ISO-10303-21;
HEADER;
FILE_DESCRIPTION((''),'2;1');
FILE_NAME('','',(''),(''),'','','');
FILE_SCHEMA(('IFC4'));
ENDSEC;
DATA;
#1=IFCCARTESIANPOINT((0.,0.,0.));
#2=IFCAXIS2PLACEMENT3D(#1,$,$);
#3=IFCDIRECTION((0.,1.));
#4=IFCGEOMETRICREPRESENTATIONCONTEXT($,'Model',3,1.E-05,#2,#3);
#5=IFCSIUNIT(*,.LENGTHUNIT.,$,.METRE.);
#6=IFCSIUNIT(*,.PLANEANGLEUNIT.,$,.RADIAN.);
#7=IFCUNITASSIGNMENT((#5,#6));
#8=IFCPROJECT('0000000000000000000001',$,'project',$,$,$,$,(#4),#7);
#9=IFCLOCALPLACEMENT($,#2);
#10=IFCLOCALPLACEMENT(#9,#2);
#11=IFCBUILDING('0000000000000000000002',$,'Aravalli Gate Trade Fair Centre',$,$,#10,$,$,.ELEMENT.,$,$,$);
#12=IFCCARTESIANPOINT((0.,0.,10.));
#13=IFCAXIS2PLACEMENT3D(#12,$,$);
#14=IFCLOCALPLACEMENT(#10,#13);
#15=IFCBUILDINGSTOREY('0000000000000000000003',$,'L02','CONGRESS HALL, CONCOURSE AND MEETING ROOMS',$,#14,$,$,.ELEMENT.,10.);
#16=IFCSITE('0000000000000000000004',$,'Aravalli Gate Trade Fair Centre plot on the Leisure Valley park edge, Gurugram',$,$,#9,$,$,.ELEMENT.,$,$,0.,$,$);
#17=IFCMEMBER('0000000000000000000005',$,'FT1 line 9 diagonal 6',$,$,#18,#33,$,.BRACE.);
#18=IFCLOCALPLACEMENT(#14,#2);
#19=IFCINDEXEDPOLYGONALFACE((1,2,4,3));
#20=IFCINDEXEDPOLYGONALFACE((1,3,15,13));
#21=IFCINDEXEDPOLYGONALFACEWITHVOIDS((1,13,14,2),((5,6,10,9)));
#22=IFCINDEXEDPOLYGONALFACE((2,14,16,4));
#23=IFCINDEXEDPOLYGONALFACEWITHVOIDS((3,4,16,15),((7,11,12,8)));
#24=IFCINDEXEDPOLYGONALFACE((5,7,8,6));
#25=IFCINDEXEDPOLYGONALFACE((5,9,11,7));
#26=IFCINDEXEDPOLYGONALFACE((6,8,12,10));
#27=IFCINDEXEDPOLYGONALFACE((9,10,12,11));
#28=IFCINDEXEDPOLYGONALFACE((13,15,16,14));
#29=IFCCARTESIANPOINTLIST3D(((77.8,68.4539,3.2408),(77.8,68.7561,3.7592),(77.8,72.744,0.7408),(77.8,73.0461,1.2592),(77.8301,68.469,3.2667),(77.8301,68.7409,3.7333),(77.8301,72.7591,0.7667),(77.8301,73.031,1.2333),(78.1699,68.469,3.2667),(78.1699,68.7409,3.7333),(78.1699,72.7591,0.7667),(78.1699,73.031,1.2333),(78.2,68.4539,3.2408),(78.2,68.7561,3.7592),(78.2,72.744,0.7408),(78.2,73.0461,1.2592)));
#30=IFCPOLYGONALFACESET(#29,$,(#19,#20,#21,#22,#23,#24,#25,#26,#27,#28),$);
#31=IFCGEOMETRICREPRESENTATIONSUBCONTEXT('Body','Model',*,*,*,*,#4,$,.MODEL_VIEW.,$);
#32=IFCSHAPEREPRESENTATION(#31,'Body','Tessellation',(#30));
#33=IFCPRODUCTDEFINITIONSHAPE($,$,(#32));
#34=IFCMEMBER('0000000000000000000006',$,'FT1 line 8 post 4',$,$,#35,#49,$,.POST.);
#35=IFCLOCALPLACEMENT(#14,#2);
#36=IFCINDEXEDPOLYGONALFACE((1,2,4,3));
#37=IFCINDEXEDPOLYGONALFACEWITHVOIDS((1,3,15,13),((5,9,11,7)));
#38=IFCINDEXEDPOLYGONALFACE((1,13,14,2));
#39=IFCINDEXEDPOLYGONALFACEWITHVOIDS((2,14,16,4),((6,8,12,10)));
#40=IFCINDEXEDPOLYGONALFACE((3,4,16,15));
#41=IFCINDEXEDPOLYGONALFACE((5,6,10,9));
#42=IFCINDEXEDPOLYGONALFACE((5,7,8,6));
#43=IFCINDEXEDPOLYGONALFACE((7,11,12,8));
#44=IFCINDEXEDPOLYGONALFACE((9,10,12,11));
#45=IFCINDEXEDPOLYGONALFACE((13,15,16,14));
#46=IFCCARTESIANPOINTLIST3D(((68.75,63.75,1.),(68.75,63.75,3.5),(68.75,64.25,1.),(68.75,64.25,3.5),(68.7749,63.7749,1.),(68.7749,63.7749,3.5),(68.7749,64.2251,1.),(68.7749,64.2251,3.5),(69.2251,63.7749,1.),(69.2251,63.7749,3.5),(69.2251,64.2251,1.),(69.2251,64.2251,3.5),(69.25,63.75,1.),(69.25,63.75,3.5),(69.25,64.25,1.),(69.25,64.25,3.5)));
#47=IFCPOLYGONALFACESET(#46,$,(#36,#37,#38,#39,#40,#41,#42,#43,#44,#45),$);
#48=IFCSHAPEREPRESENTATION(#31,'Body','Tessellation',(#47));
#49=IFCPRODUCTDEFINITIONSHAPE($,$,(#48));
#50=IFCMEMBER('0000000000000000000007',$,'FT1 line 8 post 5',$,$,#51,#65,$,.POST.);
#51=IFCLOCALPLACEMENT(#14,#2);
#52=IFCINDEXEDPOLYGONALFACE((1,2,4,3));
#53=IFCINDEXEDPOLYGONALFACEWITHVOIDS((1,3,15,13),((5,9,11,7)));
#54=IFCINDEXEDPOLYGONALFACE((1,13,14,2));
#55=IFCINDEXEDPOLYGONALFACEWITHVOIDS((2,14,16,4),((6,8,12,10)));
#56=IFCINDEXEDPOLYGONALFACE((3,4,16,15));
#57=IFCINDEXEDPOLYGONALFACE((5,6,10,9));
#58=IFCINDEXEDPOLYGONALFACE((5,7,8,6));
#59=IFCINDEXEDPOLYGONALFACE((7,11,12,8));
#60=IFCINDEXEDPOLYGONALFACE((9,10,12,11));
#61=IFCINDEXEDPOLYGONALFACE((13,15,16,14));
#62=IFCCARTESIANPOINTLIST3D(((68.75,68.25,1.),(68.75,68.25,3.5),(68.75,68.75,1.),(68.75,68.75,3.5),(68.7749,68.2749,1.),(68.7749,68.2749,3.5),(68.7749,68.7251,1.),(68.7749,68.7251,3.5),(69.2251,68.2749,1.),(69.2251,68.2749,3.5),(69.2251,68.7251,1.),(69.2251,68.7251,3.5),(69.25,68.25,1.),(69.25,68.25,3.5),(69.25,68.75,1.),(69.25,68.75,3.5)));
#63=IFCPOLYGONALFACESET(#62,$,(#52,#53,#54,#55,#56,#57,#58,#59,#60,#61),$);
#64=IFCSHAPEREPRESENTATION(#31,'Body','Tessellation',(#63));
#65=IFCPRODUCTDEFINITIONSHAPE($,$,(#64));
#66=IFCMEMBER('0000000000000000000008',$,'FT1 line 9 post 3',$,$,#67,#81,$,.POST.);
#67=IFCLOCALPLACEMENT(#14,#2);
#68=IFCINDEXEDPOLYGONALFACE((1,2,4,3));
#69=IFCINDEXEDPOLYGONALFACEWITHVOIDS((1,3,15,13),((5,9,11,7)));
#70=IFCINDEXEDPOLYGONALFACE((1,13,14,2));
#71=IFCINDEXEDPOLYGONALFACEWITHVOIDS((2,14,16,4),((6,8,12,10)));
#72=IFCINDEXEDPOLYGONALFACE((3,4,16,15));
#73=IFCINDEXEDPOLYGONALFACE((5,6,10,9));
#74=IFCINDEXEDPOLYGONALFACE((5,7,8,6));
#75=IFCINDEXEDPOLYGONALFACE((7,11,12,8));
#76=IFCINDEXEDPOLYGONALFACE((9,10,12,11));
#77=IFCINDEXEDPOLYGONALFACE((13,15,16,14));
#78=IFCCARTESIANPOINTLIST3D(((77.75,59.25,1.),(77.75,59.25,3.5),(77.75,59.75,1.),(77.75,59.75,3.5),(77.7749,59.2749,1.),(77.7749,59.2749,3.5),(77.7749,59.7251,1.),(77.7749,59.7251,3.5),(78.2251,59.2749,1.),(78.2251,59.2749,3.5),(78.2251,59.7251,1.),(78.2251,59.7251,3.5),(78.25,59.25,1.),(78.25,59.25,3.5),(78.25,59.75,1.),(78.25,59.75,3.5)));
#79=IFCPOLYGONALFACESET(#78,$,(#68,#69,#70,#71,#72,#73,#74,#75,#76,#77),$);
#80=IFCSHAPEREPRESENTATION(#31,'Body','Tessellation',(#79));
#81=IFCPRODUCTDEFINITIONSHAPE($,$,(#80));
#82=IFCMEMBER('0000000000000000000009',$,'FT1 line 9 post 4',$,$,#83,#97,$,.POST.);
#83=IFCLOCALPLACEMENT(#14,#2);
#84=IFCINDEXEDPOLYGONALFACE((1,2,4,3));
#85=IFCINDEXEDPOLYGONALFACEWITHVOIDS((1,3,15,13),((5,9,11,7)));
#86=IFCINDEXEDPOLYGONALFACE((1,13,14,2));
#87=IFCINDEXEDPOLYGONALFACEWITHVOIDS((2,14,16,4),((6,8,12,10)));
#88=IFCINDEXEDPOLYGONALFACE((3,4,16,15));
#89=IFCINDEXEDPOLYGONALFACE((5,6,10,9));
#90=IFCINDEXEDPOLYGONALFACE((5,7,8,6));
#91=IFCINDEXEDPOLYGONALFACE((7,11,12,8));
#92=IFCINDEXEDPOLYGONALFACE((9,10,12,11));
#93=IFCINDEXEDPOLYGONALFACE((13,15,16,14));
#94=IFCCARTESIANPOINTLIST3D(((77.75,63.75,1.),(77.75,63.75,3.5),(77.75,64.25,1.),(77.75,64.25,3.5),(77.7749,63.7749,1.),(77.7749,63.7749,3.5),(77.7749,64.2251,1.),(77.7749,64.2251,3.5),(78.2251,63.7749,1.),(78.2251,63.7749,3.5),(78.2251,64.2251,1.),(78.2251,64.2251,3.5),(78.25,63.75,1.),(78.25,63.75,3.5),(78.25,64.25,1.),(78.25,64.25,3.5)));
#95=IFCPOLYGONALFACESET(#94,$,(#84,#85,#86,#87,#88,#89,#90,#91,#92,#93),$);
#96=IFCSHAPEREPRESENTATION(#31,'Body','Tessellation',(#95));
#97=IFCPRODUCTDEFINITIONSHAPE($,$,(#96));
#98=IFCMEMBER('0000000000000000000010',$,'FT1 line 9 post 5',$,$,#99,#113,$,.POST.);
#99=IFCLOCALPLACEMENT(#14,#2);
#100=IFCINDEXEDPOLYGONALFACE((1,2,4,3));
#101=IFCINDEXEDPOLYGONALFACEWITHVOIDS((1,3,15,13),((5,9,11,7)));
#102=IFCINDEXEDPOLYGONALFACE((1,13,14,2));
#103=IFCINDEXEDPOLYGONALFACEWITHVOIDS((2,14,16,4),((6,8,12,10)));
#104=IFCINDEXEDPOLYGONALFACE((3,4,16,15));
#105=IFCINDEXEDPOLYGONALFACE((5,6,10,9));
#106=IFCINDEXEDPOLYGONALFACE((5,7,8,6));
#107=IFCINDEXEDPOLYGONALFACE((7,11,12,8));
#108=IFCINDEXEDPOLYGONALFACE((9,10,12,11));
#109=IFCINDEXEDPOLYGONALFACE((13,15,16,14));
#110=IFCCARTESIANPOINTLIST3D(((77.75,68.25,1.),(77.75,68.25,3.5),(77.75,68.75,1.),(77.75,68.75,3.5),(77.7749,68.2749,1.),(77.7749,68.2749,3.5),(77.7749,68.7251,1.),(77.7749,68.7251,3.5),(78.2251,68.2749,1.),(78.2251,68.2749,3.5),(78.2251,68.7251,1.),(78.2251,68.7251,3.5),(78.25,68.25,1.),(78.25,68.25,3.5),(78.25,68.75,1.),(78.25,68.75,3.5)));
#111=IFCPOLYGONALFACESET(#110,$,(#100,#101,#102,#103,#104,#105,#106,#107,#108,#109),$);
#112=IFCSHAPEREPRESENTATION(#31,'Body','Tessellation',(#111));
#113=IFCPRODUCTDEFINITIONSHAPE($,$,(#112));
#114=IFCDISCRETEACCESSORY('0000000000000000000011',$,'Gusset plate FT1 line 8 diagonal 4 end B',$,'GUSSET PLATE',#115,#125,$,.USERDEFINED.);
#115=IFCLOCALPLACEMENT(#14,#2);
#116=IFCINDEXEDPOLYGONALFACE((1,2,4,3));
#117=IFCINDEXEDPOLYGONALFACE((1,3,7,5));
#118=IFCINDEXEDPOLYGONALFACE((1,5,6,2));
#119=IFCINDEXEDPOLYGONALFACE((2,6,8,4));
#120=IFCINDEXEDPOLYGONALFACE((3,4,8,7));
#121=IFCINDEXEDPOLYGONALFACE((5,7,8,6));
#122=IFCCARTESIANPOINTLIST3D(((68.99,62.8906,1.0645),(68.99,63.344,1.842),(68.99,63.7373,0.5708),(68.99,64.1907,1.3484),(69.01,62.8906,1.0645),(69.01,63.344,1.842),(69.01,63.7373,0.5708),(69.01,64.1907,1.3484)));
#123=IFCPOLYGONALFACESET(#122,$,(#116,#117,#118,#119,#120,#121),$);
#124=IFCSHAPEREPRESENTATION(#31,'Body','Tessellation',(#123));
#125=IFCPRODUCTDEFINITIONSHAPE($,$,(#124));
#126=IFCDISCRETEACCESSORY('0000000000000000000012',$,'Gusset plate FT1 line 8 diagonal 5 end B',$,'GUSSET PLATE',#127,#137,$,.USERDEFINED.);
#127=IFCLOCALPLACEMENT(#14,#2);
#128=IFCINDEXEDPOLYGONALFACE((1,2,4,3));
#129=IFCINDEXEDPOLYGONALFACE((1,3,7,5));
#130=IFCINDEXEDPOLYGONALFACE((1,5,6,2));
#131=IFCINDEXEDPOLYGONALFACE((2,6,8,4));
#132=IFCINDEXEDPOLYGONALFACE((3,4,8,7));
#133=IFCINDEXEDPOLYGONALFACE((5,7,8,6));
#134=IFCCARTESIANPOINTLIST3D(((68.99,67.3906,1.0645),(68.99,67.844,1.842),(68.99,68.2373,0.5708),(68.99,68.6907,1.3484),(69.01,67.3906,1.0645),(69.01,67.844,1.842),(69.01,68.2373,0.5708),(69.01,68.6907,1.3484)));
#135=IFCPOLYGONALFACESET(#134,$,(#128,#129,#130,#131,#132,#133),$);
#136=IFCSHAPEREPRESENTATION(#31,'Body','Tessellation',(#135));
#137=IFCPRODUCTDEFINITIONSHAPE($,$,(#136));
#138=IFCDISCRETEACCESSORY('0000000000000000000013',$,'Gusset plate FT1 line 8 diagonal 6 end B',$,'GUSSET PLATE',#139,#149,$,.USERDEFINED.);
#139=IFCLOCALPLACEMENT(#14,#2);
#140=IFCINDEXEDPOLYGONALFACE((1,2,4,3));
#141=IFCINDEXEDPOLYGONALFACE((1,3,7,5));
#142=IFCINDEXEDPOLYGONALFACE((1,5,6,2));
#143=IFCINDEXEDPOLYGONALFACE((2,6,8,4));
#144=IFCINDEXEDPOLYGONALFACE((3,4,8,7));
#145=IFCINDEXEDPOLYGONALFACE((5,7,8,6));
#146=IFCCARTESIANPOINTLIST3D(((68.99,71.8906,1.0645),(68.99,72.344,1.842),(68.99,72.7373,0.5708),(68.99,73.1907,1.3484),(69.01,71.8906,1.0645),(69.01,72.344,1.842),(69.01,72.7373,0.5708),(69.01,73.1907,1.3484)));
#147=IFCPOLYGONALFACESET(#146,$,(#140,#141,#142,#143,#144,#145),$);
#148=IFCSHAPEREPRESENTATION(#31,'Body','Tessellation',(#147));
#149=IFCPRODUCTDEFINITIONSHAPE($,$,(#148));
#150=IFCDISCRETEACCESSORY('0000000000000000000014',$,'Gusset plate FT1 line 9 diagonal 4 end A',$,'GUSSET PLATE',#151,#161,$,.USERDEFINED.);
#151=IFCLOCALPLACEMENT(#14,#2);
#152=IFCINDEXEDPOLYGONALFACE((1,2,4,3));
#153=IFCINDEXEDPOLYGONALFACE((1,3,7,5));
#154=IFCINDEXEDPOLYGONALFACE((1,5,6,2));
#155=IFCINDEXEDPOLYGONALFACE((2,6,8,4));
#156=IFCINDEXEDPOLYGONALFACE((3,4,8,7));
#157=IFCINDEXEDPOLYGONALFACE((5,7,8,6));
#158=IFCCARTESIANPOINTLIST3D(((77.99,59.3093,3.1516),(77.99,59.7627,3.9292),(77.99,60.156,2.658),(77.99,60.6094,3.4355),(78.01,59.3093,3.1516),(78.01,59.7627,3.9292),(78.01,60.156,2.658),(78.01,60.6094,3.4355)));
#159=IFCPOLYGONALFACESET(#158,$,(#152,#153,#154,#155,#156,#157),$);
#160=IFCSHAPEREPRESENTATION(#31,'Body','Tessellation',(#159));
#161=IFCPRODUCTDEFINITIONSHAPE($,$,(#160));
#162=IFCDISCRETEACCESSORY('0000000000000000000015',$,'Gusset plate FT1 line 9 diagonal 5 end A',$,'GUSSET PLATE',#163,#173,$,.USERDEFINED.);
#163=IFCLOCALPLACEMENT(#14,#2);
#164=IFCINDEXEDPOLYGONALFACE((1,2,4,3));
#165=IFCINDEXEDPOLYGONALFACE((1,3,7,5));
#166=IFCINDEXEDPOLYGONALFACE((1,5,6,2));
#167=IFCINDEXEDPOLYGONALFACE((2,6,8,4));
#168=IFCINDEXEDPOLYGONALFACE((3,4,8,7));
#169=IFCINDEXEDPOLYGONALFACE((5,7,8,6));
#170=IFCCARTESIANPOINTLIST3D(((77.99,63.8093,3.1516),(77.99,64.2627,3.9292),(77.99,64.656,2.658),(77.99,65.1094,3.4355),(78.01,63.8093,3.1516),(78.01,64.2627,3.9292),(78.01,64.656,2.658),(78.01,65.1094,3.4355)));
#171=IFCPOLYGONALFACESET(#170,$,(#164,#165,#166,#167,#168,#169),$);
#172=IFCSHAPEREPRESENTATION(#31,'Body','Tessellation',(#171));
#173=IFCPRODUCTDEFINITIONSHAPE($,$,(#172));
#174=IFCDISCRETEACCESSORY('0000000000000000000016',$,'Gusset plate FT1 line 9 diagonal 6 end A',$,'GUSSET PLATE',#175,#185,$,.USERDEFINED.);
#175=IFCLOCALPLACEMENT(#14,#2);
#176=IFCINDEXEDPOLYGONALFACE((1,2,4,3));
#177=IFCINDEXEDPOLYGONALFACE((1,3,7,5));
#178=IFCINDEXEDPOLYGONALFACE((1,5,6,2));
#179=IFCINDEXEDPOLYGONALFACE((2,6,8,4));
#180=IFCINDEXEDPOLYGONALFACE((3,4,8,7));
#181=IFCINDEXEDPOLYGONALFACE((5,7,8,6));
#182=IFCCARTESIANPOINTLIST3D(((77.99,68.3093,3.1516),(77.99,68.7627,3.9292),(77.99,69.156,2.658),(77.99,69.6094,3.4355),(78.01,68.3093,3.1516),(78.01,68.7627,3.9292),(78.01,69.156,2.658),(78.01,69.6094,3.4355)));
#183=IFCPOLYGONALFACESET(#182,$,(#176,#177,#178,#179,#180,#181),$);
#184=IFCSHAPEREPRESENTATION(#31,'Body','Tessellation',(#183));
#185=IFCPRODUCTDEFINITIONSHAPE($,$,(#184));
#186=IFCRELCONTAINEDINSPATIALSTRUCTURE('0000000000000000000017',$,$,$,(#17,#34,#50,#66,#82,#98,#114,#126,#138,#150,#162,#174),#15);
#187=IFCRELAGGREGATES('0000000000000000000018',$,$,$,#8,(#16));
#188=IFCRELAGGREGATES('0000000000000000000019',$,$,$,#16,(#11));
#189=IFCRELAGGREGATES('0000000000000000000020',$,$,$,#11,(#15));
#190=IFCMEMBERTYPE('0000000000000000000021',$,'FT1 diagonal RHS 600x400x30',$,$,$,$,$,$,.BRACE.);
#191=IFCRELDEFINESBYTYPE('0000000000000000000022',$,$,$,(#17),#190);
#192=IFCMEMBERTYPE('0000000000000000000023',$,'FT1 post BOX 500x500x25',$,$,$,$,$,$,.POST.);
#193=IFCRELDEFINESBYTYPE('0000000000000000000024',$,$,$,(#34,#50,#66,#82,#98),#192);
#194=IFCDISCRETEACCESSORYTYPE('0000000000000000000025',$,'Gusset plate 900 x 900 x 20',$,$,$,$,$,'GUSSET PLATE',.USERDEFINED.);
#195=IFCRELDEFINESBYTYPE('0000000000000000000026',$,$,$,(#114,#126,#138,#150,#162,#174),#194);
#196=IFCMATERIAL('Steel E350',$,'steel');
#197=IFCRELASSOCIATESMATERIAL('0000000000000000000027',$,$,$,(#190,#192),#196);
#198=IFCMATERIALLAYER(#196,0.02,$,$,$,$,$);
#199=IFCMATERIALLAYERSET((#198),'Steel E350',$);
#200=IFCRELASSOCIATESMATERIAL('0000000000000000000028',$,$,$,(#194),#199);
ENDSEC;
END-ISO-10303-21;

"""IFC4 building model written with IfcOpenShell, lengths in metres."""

from ifc_helpers import new_model, si_unit, direction, frame, origin, origin_2d, place, context, subcontext, project, spatial, polyline, hollow_rectangle, outline, extrude, material, layer, layer_set, material_profile, profile_set, type_object, element, save


model = new_model("IFC4")

# Units and contexts
model_context = context("Model", 3, precision=1e-05, world=origin(), true_north=direction((0.0, 1.0)))
body_context = subcontext(model_context, "Body", "Model", "MODEL_VIEW")
ifc_project = project(units=[si_unit("LENGTHUNIT", "METRE"), si_unit("PLANEANGLEUNIT", "RADIAN")], contexts=[model_context])

# Site, building, storey
site_placement = place(None, origin())
site = spatial("IfcSite", under=ifc_project, at=site_placement, Name="Aravalli Gate Trade Fair Centre plot on the Leisure Valley park edge, Gurugram", CompositionType="ELEMENT", RefElevation=0.0)
building_placement = place(site_placement, origin())
building = spatial("IfcBuilding", under=site, at=building_placement, Name="Aravalli Gate Trade Fair Centre", CompositionType="ELEMENT")
storey_placement = place(building_placement, frame((0.0, 0.0, 10.0)))
storey = spatial("IfcBuildingStorey", under=building, at=storey_placement, Name="L02", Description="CONGRESS HALL, CONCOURSE AND MEETING ROOMS", CompositionType="ELEMENT", Elevation=10.0)

# Members
ifc_material = material(Name="Steel E350", Category="steel")
ifc_material_profile_1 = material_profile(ifc_material, hollow_rectangle(XDim=0.3999, YDim=0.6001, WallThickness=0.03, at=origin_2d()), Name="RHS 600x400x30")
ifc_profile_set_1 = profile_set([ifc_material_profile_1], Name="Steel E350")
member_type_1 = type_object("IfcMemberType", Name="FT1 diagonal RHS 600x400x30", PredefinedType="BRACE", material=ifc_profile_set_1)
for number, where, z_axis, x_axis, name in (
    (1, (78.0, 68.605, 3.5), (0.0, 0.864, -0.503492), (-1.0, 0.0, 0.0), "FT1 line 9 diagonal 6"),
):
    element("IfcMember", number, at=place(storey_placement, frame(where, z_axis=z_axis, x_axis=x_axis)), inside=storey, type_object=member_type_1, Name=name, PredefinedType="BRACE", context=body_context, shape_type="SweptSolid", body=[
        extrude(hollow_rectangle(XDim=0.3999, YDim=0.6001, WallThickness=0.03, at=origin_2d()), origin(), (0.0, 0.0, 1.0), 4.9653),
    ])
ifc_material_profile_2 = material_profile(ifc_material, hollow_rectangle(XDim=0.5, YDim=0.5, WallThickness=0.0249, at=origin_2d()), Name="BOX 500x500x25")
ifc_profile_set_2 = profile_set([ifc_material_profile_2], Name="Steel E350")
member_type_2 = type_object("IfcMemberType", Name="FT1 post BOX 500x500x25", PredefinedType="POST", material=ifc_profile_set_2)
for number, where, z_axis, x_axis, name in (
    (2, (69.0, 64.0, 1.0), (0.0, 0.0, 1.0), (1.0, 0.0, 0.0), "FT1 line 8 post 4"),
    (3, (69.0, 68.5, 1.0), (0.0, 0.0, 1.0), (1.0, 0.0, 0.0), "FT1 line 8 post 5"),
    (4, (78.0, 59.5, 1.0), (0.0, 0.0, 1.0), (1.0, 0.0, 0.0), "FT1 line 9 post 3"),
    (5, (78.0, 64.0, 1.0), (0.0, 0.0, 1.0), (1.0, 0.0, 0.0), "FT1 line 9 post 4"),
    (6, (78.0, 68.5, 1.0), (0.0, 0.0, 1.0), (1.0, 0.0, 0.0), "FT1 line 9 post 5"),
):
    element("IfcMember", number, at=place(storey_placement, frame(where, z_axis=z_axis, x_axis=x_axis)), inside=storey, type_object=member_type_2, Name=name, PredefinedType="POST", context=body_context, shape_type="SweptSolid", body=[
        extrude(hollow_rectangle(XDim=0.5, YDim=0.5, WallThickness=0.0249, at=origin_2d()), origin(), (0.0, 0.0, 1.0), 2.5),
    ])

# Discrete accessories
ifc_layer = layer(ifc_material, 0.02)
ifc_layer_set = layer_set([ifc_layer], Name="Steel E350")
discrete_accessory_type = type_object("IfcDiscreteAccessoryType", Name="Gusset plate 900 x 900 x 20", ElementType="GUSSET PLATE", PredefinedType="USERDEFINED", material=ifc_layer_set)
for number, where, z_axis, x_axis, name in (
    (7, (69.01, 62.8906, 1.0645), (1.0, 0.0, 0.0), (0.0, 0.863887, -0.503685), "Gusset plate FT1 line 8 diagonal 4 end B"),
    (8, (69.01, 67.3906, 1.0645), (1.0, 0.0, 0.0), (0.0, 0.863887, -0.503685), "Gusset plate FT1 line 8 diagonal 5 end B"),
    (9, (69.01, 71.8906, 1.0645), (1.0, 0.0, 0.0), (0.0, 0.863887, -0.503685), "Gusset plate FT1 line 8 diagonal 6 end B"),
):
    element("IfcDiscreteAccessory", number, at=place(storey_placement, frame(where, z_axis=z_axis, x_axis=x_axis)), inside=storey, type_object=discrete_accessory_type, Name=name, ObjectType="GUSSET PLATE", PredefinedType="USERDEFINED", context=body_context, shape_type="SweptSolid", body=[
        extrude(outline(polyline([(0.0, 0.0), (0.9801, 0.0), (0.9801, 0.9001), (0.0, 0.9001), (0.0, 0.0)])), origin(), (0.0, 0.0, -1.0), 0.02),
    ])
for number, where, z_axis, x_axis, name in (
    (10, (77.99, 60.156, 2.658), (-1.0, 0.0, 0.0), (0.0, -0.863887, 0.503685), "Gusset plate FT1 line 9 diagonal 4 end A"),
    (11, (77.99, 64.656, 2.658), (-1.0, 0.0, 0.0), (0.0, -0.863887, 0.503685), "Gusset plate FT1 line 9 diagonal 5 end A"),
    (12, (77.99, 69.156, 2.658), (-1.0, 0.0, 0.0), (0.0, -0.863887, 0.503685), "Gusset plate FT1 line 9 diagonal 6 end A"),
):
    element("IfcDiscreteAccessory", number, at=place(storey_placement, frame(where, z_axis=z_axis, x_axis=x_axis)), inside=storey, type_object=discrete_accessory_type, Name=name, ObjectType="GUSSET PLATE", PredefinedType="USERDEFINED", context=body_context, shape_type="SweptSolid", body=[
        extrude(outline(polyline([(0.0, 0.0), (0.9801, 0.0), (0.9801, 0.9001), (0.0, 0.9001), (0.0, 0.0)])), origin(), (0.0, 0.0, -1.0), 0.02),
    ])

save(model, "model.ifc")
